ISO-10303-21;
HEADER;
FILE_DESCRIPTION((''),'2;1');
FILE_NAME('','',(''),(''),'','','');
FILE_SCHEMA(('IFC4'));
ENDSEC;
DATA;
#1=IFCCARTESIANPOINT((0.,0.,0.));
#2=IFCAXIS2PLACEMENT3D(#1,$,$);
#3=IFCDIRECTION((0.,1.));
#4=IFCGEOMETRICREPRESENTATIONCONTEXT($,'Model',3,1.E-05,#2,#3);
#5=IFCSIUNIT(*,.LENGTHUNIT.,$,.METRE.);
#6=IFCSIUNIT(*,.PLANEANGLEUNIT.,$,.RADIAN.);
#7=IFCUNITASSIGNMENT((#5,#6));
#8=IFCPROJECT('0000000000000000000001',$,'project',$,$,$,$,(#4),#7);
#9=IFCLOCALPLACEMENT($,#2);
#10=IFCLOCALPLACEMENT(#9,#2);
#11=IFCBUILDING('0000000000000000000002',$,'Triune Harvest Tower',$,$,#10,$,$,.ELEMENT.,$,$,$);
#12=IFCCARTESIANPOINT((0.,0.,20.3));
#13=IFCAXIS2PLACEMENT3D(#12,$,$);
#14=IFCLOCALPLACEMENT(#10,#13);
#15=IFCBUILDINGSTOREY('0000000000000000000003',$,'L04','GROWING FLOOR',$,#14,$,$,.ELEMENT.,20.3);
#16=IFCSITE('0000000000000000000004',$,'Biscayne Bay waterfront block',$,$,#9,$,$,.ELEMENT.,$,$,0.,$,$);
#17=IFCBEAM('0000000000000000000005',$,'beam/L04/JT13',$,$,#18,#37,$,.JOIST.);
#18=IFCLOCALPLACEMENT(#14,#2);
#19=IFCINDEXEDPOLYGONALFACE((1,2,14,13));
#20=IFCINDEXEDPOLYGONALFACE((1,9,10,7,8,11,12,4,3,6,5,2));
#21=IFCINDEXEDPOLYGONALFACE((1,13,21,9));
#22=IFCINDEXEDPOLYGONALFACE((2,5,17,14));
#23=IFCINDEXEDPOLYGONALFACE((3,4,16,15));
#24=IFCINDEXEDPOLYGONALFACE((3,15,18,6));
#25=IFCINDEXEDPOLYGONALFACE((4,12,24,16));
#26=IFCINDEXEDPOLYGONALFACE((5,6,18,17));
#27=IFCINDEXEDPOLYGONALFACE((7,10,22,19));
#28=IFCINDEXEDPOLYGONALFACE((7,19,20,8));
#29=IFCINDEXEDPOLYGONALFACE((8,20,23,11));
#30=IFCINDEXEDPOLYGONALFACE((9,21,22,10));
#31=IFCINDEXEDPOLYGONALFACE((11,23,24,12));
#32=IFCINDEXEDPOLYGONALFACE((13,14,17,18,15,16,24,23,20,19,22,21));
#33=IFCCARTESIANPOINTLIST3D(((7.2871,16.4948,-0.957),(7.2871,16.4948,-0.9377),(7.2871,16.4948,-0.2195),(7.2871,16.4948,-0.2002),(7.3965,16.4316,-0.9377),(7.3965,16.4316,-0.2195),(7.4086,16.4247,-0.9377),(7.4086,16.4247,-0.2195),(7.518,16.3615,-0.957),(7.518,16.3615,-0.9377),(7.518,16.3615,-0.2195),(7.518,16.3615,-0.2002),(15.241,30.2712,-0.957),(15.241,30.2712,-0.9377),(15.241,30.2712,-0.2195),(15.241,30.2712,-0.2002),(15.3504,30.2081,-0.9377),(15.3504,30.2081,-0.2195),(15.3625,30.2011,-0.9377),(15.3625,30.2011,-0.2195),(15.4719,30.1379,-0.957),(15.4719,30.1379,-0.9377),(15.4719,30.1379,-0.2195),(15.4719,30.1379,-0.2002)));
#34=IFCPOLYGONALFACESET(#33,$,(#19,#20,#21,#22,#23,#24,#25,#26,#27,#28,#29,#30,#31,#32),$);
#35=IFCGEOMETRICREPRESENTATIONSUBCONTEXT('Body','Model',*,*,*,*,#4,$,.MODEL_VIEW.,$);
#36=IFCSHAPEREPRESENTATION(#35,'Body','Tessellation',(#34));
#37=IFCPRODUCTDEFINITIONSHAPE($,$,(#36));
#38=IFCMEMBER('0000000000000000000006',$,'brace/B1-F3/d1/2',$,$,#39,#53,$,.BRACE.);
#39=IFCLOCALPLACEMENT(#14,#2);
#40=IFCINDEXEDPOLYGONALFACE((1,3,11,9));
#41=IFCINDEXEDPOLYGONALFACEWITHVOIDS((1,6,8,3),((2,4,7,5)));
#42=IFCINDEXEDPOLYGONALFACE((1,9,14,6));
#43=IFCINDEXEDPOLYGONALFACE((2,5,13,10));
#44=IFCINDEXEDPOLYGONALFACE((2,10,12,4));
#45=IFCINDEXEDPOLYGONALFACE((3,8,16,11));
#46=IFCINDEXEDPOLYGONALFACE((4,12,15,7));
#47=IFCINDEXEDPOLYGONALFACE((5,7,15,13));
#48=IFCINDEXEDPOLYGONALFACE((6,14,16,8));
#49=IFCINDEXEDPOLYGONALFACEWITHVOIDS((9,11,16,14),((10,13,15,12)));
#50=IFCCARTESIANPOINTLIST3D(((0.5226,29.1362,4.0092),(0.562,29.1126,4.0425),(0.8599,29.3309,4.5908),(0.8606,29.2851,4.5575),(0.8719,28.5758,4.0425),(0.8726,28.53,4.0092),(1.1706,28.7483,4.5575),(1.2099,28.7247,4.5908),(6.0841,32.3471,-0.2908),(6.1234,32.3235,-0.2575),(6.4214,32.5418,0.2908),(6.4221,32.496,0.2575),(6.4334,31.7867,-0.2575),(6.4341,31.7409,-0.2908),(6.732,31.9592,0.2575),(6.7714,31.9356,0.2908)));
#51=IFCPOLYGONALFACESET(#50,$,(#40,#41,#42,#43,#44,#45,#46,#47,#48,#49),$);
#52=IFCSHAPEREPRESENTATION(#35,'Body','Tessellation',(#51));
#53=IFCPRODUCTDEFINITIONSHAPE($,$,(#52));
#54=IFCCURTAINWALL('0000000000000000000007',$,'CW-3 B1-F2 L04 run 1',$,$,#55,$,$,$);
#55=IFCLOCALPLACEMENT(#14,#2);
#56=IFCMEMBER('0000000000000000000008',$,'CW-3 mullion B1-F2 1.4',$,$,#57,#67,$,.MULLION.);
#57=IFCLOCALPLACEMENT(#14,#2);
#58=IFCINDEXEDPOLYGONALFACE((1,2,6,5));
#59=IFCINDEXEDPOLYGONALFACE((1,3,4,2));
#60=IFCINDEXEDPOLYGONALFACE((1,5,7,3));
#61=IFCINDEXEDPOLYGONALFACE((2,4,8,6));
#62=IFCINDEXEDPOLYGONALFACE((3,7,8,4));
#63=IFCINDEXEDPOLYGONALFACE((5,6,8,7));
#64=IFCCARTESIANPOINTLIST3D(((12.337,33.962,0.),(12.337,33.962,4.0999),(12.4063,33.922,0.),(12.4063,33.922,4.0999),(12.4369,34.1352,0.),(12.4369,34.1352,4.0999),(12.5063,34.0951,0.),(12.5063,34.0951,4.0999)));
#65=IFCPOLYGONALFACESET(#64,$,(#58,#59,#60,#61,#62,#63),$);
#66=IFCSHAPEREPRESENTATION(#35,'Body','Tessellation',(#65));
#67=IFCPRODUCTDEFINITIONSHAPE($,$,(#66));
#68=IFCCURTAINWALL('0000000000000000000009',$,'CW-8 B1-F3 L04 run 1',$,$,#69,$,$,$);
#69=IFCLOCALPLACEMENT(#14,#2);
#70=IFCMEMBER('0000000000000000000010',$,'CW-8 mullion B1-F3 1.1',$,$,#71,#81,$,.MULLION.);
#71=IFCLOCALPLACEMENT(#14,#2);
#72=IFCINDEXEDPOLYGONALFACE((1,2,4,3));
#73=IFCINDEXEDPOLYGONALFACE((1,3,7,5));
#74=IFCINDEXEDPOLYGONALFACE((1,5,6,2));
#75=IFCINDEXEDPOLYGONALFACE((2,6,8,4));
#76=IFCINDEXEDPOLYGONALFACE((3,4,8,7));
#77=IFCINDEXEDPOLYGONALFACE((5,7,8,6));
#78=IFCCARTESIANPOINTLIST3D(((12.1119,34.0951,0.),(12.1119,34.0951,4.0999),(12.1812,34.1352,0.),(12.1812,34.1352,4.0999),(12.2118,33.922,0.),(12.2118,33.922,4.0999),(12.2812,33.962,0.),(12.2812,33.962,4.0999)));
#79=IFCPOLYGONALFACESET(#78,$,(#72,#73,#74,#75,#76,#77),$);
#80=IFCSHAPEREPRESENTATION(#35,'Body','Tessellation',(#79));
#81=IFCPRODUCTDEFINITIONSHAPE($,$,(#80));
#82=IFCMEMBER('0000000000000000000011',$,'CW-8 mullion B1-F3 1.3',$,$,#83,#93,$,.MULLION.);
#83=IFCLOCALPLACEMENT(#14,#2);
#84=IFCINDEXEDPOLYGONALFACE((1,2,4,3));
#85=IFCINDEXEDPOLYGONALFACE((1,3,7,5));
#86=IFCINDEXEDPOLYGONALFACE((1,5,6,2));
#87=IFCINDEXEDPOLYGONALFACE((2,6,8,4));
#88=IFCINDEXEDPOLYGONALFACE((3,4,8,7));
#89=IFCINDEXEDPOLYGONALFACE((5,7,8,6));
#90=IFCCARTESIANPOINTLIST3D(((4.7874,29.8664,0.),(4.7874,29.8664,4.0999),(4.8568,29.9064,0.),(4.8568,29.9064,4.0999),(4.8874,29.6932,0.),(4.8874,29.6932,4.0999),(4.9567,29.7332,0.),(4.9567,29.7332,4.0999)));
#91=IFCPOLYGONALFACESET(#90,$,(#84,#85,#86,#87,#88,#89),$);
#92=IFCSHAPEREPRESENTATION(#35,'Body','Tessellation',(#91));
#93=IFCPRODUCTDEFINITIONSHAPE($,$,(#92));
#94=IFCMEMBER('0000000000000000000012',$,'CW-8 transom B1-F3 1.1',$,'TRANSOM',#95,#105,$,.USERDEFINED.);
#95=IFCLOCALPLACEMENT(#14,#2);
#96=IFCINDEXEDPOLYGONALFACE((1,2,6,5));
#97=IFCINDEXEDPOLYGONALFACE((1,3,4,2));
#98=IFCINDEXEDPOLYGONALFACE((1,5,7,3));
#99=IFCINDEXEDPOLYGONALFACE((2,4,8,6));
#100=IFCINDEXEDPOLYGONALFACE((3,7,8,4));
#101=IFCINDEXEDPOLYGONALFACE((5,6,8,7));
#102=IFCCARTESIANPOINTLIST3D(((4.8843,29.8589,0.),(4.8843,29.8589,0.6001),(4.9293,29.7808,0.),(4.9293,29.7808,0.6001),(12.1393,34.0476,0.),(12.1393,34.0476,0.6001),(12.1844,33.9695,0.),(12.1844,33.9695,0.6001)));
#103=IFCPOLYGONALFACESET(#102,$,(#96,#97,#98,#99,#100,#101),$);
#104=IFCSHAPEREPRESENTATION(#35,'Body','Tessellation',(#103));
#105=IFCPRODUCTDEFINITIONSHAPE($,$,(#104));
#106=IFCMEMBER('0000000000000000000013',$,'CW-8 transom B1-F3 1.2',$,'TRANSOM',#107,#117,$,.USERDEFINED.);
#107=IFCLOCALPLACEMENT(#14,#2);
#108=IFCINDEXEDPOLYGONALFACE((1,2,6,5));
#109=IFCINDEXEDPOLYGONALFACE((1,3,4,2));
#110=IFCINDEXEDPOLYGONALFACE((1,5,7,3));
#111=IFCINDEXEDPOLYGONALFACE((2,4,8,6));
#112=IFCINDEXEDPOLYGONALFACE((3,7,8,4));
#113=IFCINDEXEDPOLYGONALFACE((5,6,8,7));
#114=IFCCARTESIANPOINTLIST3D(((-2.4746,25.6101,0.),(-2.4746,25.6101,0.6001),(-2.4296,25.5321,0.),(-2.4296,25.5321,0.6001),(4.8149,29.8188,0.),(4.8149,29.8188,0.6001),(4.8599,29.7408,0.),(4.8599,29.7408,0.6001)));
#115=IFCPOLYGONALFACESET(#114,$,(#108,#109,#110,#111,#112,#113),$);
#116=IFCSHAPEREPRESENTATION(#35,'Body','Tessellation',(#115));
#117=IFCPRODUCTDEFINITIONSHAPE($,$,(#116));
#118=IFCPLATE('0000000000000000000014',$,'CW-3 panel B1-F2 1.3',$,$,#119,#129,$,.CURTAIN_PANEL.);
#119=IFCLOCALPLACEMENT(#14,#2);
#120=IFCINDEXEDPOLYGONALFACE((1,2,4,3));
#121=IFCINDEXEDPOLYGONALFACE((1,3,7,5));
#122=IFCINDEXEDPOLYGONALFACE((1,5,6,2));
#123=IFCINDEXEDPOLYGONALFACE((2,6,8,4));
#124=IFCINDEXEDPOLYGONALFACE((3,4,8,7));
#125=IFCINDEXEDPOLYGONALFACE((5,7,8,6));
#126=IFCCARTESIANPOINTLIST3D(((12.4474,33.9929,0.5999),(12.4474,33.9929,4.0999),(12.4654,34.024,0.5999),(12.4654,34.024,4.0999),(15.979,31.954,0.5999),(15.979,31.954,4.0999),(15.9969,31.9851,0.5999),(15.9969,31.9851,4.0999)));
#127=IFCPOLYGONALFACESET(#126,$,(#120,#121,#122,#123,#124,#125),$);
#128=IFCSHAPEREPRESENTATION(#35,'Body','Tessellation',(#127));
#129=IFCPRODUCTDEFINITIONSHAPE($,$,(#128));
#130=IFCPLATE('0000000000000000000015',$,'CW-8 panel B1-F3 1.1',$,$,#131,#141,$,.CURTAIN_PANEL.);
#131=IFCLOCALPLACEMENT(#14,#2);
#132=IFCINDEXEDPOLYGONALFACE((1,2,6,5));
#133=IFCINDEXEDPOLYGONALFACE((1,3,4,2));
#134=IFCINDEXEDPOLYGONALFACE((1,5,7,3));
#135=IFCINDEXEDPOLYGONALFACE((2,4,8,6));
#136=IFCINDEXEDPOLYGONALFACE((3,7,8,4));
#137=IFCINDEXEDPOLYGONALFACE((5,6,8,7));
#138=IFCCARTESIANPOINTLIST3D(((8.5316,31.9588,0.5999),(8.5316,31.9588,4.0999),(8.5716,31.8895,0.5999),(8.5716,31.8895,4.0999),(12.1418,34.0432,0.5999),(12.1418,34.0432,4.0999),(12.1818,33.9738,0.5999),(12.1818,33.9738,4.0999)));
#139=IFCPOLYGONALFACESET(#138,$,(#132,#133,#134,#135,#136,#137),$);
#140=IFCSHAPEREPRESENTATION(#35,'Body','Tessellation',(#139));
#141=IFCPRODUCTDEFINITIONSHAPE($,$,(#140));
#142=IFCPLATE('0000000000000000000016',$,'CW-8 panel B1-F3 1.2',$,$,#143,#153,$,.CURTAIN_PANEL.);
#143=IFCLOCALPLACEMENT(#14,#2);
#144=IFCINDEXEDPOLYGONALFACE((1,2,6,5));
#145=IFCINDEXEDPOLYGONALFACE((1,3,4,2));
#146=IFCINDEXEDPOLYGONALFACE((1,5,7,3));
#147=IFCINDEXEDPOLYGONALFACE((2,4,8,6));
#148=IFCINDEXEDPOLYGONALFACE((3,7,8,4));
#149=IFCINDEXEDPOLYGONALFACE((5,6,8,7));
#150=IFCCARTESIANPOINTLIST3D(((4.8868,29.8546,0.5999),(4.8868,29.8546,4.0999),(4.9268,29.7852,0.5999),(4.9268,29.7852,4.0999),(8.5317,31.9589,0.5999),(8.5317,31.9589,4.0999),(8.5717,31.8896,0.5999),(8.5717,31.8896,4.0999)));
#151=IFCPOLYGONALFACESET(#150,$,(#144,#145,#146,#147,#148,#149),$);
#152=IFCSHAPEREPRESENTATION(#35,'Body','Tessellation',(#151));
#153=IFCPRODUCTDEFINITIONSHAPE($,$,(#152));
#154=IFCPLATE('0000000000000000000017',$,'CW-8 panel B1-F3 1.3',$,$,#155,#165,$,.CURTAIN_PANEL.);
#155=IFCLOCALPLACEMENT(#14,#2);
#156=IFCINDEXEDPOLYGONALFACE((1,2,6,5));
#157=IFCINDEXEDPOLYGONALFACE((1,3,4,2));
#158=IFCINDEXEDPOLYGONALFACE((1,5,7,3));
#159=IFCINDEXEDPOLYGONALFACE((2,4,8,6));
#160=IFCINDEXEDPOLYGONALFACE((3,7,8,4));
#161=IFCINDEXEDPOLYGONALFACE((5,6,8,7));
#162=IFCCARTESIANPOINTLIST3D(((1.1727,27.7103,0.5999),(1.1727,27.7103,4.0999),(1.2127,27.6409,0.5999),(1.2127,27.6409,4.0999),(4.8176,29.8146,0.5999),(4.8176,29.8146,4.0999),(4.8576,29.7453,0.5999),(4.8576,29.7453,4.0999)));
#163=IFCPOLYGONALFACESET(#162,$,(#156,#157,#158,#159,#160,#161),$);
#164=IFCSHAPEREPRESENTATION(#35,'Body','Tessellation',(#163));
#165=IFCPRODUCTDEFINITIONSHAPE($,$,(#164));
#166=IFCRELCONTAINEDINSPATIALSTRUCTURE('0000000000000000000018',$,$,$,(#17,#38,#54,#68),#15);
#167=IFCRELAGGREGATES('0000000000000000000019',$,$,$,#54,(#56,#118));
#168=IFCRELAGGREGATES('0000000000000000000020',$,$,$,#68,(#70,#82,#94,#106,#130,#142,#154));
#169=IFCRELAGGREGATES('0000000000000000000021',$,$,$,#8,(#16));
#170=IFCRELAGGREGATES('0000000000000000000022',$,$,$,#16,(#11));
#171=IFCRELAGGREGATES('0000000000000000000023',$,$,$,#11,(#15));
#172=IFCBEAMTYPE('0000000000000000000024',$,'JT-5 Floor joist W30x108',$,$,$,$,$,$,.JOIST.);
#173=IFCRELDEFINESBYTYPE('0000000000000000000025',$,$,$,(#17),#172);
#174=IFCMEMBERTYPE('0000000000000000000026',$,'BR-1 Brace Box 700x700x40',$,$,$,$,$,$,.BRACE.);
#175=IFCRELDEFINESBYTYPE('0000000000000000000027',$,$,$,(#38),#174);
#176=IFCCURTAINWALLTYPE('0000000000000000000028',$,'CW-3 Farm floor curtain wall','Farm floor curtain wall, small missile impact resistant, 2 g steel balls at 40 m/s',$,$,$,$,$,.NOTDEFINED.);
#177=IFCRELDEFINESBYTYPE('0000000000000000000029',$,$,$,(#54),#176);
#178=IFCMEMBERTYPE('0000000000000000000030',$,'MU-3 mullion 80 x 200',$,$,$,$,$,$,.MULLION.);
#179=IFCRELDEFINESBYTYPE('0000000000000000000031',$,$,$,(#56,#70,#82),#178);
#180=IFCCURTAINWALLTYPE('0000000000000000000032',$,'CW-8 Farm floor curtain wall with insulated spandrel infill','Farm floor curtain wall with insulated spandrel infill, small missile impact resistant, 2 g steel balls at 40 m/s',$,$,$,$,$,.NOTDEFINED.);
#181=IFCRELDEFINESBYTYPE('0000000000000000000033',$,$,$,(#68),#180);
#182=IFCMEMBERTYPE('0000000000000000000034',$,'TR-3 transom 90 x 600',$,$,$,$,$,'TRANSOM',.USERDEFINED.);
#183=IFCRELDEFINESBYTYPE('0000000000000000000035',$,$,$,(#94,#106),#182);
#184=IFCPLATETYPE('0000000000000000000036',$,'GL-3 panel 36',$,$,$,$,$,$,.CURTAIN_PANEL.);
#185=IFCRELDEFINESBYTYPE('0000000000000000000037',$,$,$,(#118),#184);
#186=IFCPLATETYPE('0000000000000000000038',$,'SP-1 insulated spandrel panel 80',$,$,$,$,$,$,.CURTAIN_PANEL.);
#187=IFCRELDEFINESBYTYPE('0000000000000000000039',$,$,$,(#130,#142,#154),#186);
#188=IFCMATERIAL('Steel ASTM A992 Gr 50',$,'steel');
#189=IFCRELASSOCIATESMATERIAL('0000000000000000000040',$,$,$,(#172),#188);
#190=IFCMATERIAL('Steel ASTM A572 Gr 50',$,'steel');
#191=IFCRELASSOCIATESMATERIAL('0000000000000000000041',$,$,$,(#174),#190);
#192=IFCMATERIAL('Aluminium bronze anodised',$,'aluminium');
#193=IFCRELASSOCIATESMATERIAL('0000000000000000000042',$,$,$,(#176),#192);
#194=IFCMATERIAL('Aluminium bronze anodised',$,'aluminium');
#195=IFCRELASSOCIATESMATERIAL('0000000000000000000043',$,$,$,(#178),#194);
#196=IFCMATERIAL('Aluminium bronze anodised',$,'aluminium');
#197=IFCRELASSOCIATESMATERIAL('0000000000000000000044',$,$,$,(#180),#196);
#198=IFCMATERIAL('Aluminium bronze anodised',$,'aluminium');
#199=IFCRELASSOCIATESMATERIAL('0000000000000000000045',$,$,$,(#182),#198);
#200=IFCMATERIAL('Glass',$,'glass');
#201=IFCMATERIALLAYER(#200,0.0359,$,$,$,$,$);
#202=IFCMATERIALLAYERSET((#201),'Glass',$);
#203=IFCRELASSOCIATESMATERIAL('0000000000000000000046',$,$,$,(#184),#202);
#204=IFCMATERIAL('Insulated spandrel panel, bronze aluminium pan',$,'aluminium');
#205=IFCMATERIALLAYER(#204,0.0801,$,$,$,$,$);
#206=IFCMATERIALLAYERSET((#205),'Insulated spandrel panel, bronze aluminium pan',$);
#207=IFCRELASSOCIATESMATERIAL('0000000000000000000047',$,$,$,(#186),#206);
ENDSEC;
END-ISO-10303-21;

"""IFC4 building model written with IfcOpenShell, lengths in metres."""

from ifc_helpers import new_model, si_unit, direction, frame, origin, origin_2d, place, context, subcontext, project, spatial, rectangle, hollow_rectangle, i_section, extrude, source, transform, mapped, material, layer, layer_set, material_profile, profile_set, type_object, element, aggregate, save


model = new_model("IFC4")

# Units and contexts
model_context = context("Model", 3, precision=1e-05, world=origin(), true_north=direction((0.0, 1.0)))
body_context = subcontext(model_context, "Body", "Model", "MODEL_VIEW")
ifc_project = project(units=[si_unit("LENGTHUNIT", "METRE"), si_unit("PLANEANGLEUNIT", "RADIAN")], contexts=[model_context])

# Site, building, storey
site_placement = place(None, origin())
site = spatial("IfcSite", under=ifc_project, at=site_placement, Name="Biscayne Bay waterfront block", CompositionType="ELEMENT", RefElevation=0.0)
building_placement = place(site_placement, origin())
building = spatial("IfcBuilding", under=site, at=building_placement, Name="Triune Harvest Tower", CompositionType="ELEMENT")
storey_placement = place(building_placement, frame((0.0, 0.0, 20.3)))
storey = spatial("IfcBuildingStorey", under=building, at=storey_placement, Name="L04", Description="GROWING FLOOR", CompositionType="ELEMENT", Elevation=20.3)

# Beam
ifc_material_1 = material(Name="Steel ASTM A992 Gr 50", Category="steel")
ifc_material_profile_1 = material_profile(ifc_material_1, i_section(OverallWidth=0.2666, OverallDepth=0.7568, WebThickness=0.0139, FlangeThickness=0.0193, at=origin_2d()), Name="W30x108")
ifc_profile_set_1 = profile_set([ifc_material_profile_1], Name="Steel ASTM A992 Gr 50")
beam_type_1 = type_object("IfcBeamType", Name="JT-5 Floor joist W30x108", PredefinedType="JOIST", material=ifc_profile_set_1)
shared_shape_1 = source(origin(), body_context, "Body", "SweptSolid", [
    extrude(i_section(OverallWidth=0.2666, OverallDepth=0.7568, WebThickness=0.0139, FlangeThickness=0.0193, at=origin_2d()), origin(), (0.0, 0.0, 1.0), 15.9077),
])
beam_1_placement = place(storey_placement, frame((15.3564, 30.2046, -0.5786), z_axis=(-0.500003, -0.866024, 0.0), x_axis=(0.866024, -0.500003, 0.0)))
element("IfcBeam", 1, at=beam_1_placement, inside=storey, type_object=beam_type_1, Name="beam/L04/JT13", PredefinedType="JOIST", context=body_context, shape_type="MappedRepresentation", body=[
    mapped(shared_shape_1, transform((0.0, 0.0, 0.0), scale=1.0)),
])

# Member
ifc_material_2 = material(Name="Steel ASTM A572 Gr 50", Category="steel")
ifc_material_profile_2 = material_profile(ifc_material_2, hollow_rectangle(XDim=0.7, YDim=0.7, WallThickness=0.04, at=origin_2d()), Name="Box 700x700x40")
ifc_profile_set_2 = profile_set([ifc_material_profile_2], Name="Steel ASTM A572 Gr 50")
member_type_1 = type_object("IfcMemberType", Name="BR-1 Brace Box 700x700x40", PredefinedType="BRACE", material=ifc_profile_set_2)
shared_shape_2 = source(origin(), body_context, "Body", "SweptSolid", [
    extrude(hollow_rectangle(XDim=0.7, YDim=0.7, WallThickness=0.04, at=origin_2d()), origin(), (0.0, 0.0, 1.0), 7.7285),
])
member_1_placement = place(storey_placement, frame((6.4277, 32.1414, 0.0), z_axis=(-0.719604, -0.415462, 0.556382), x_axis=(0.499999, -0.866026, 0.0)))
element("IfcMember", 2, at=member_1_placement, inside=storey, type_object=member_type_1, Name="brace/B1-F3/d1/2", PredefinedType="BRACE", context=body_context, shape_type="MappedRepresentation", body=[
    mapped(shared_shape_2, transform((0.0, 0.0, 0.0), scale=1.0)),
])

# Curtain wall, member
ifc_material_3 = material(Name="Aluminium bronze anodised", Category="aluminium")
curtain_wall_type_1 = type_object("IfcCurtainWallType", Name="CW-3 Farm floor curtain wall", Description="Farm floor curtain wall, small missile impact resistant, 2 g steel balls at 40 m/s", PredefinedType="NOTDEFINED", material=ifc_material_3)
curtain_wall_1_placement = place(storey_placement, origin())
curtain_wall_1 = element("IfcCurtainWall", 3, at=curtain_wall_1_placement, inside=storey, type_object=curtain_wall_type_1, Name="CW-3 B1-F2 L04 run 1")
ifc_material_4 = material(Name="Aluminium bronze anodised", Category="aluminium")
ifc_material_profile_3 = material_profile(ifc_material_4, rectangle(XDim=0.2, YDim=0.0801, at=origin_2d()), Name="MU-3 mullion 80 x 200")
ifc_profile_set_3 = profile_set([ifc_material_profile_3], Name="Aluminium bronze anodised")
member_type_2 = type_object("IfcMemberType", Name="MU-3 mullion 80 x 200", PredefinedType="MULLION", material=ifc_profile_set_3)
shared_shape_3 = source(origin(), body_context, "Body", "SweptSolid", [
    extrude(rectangle(XDim=0.2, YDim=0.0801, at=origin_2d()), origin(), (0.0, 0.0, 1.0), 4.0999),
])
member_2_placement = place(storey_placement, frame((12.4216, 34.0286, 0.0), z_axis=(0.0, 0.0, 1.0), x_axis=(-0.499999, -0.866026, 0.0)))
member_2 = element("IfcMember", 4, at=member_2_placement, type_object=member_type_2, Name="CW-3 mullion B1-F2 1.4", PredefinedType="MULLION", context=body_context, shape_type="MappedRepresentation", body=[
    mapped(shared_shape_3, transform((0.0, 0.0, 0.0), scale=1.0)),
])

# Curtain wall, members
ifc_material_5 = material(Name="Aluminium bronze anodised", Category="aluminium")
curtain_wall_type_2 = type_object("IfcCurtainWallType", Name="CW-8 Farm floor curtain wall with insulated spandrel infill", Description="Farm floor curtain wall with insulated spandrel infill, small missile impact resistant, 2 g steel balls at 40 m/s", PredefinedType="NOTDEFINED", material=ifc_material_5)
curtain_wall_2_placement = place(storey_placement, origin())
curtain_wall_2 = element("IfcCurtainWall", 5, at=curtain_wall_2_placement, inside=storey, type_object=curtain_wall_type_2, Name="CW-8 B1-F3 L04 run 1")
member_3_placement = place(storey_placement, frame((12.1965, 34.0286, 0.0), z_axis=(0.0, 0.0, 1.0), x_axis=(0.499999, -0.866026, 0.0)))
member_3 = element("IfcMember", 6, at=member_3_placement, type_object=member_type_2, Name="CW-8 mullion B1-F3 1.1", PredefinedType="MULLION", context=body_context, shape_type="MappedRepresentation", body=[
    mapped(shared_shape_3, transform((0.0, 0.0, 0.0), scale=1.0)),
])
member_4_placement = place(storey_placement, frame((4.8721, 29.7998, 0.0), z_axis=(0.0, 0.0, 1.0), x_axis=(0.499999, -0.866026, 0.0)))
member_4 = element("IfcMember", 7, at=member_4_placement, type_object=member_type_2, Name="CW-8 mullion B1-F3 1.3", PredefinedType="MULLION", context=body_context, shape_type="MappedRepresentation", body=[
    mapped(shared_shape_3, transform((0.0, 0.0, 0.0), scale=1.0)),
])
ifc_material_6 = material(Name="Aluminium bronze anodised", Category="aluminium")
ifc_material_profile_4 = material_profile(ifc_material_6, rectangle(XDim=0.0901, YDim=0.6001, at=origin_2d()), Name="TR-3 transom 90 x 600")
ifc_profile_set_4 = profile_set([ifc_material_profile_4], Name="Aluminium bronze anodised")
member_type_3 = type_object("IfcMemberType", Name="TR-3 transom 90 x 600", ElementType="TRANSOM", PredefinedType="USERDEFINED", material=ifc_profile_set_4)
shared_shape_4 = source(origin(), body_context, "Body", "SweptSolid", [
    extrude(rectangle(XDim=0.0901, YDim=0.6001, at=origin_2d()), origin(), (0.0, 0.0, 1.0), 8.3774),
])
member_5_placement = place(storey_placement, frame((12.1619, 34.0085, 0.3), z_axis=(-0.866027, -0.499997, 0.0), x_axis=(0.499997, -0.866027, 0.0)))
member_5 = element("IfcMember", 8, at=member_5_placement, type_object=member_type_3, Name="CW-8 transom B1-F3 1.1", ObjectType="TRANSOM", PredefinedType="USERDEFINED", context=body_context, shape_type="MappedRepresentation", body=[
    mapped(shared_shape_4, transform((0.0, 0.0, 0.0), scale=1.0)),
])
shared_shape_5 = source(origin(), body_context, "Body", "SweptSolid", [
    extrude(rectangle(XDim=0.0901, YDim=0.6001, at=origin_2d()), origin(), (0.0, 0.0, 1.0), 8.4172),
])
member_6_placement = place(storey_placement, frame((4.8374, 29.7798, 0.3), z_axis=(-0.866019, -0.50001, 0.0), x_axis=(0.50001, -0.866019, 0.0)))
member_6 = element("IfcMember", 9, at=member_6_placement, type_object=member_type_3, Name="CW-8 transom B1-F3 1.2", ObjectType="TRANSOM", PredefinedType="USERDEFINED", context=body_context, shape_type="MappedRepresentation", body=[
    mapped(shared_shape_5, transform((0.0, 0.0, 0.0), scale=1.0)),
])

# Plates
ifc_material_7 = material(Name="Glass", Category="glass")
ifc_layer_1 = layer(ifc_material_7, 0.0359)
ifc_layer_set_1 = layer_set([ifc_layer_1], Name="Glass")
plate_type_1 = type_object("IfcPlateType", Name="GL-3 panel 36", PredefinedType="CURTAIN_PANEL", material=ifc_layer_set_1)
shared_shape_6 = source(origin(), body_context, "Body", "SweptSolid", [
    extrude(rectangle(XDim=4.0779, YDim=0.0359, at=origin_2d()), origin(), (0.0, 0.0, 1.0), 3.5),
])
plate_1_placement = place(storey_placement, frame((14.2222, 32.989, 0.5999), z_axis=(0.0, 0.0, 1.0), x_axis=(-0.866026, 0.499999, 0.0)))
plate_1 = element("IfcPlate", 10, at=plate_1_placement, type_object=plate_type_1, Name="CW-3 panel B1-F2 1.3", PredefinedType="CURTAIN_PANEL", context=body_context, shape_type="MappedRepresentation", body=[
    mapped(shared_shape_6, transform((0.0, 0.0, 0.0), scale=1.0)),
])
aggregate(curtain_wall_1, [member_2, plate_1])
ifc_material_8 = material(Name="Insulated spandrel panel, bronze aluminium pan", Category="aluminium")
ifc_layer_2 = layer(ifc_material_8, 0.0801)
ifc_layer_set_2 = layer_set([ifc_layer_2], Name="Insulated spandrel panel, bronze aluminium pan")
plate_type_2 = type_object("IfcPlateType", Name="SP-1 insulated spandrel panel 80", PredefinedType="CURTAIN_PANEL", material=ifc_layer_set_2)
shared_shape_7 = source(origin(), body_context, "Body", "SweptSolid", [
    extrude(rectangle(XDim=4.1687, YDim=0.0801, at=origin_2d()), origin(), (0.0, 0.0, 1.0), 3.5),
])
plate_2_placement = place(storey_placement, frame((10.3567, 32.9663, 0.5999), z_axis=(0.0, 0.0, 1.0), x_axis=(-0.866026, -0.499999, 0.0)))
plate_2 = element("IfcPlate", 11, at=plate_2_placement, type_object=plate_type_2, Name="CW-8 panel B1-F3 1.1", PredefinedType="CURTAIN_PANEL", context=body_context, shape_type="MappedRepresentation", body=[
    mapped(shared_shape_7, transform((0.0, 0.0, 0.0), scale=1.0)),
])
shared_shape_8 = source(origin(), body_context, "Body", "SweptSolid", [
    extrude(rectangle(XDim=4.2087, YDim=0.0801, at=origin_2d()), origin(), (0.0, 0.0, 1.0), 3.5),
])
plate_3_placement = place(storey_placement, frame((6.7292, 30.8721, 0.5999), z_axis=(0.0, 0.0, 1.0), x_axis=(-0.866026, -0.499999, 0.0)))
plate_3 = element("IfcPlate", 12, at=plate_3_placement, type_object=plate_type_2, Name="CW-8 panel B1-F3 1.2", PredefinedType="CURTAIN_PANEL", context=body_context, shape_type="MappedRepresentation", body=[
    mapped(shared_shape_8, transform((0.0, 0.0, 0.0), scale=1.0)),
])
plate_4_placement = place(storey_placement, frame((3.0151, 28.7278, 0.5999), z_axis=(0.0, 0.0, 1.0), x_axis=(-0.866026, -0.499999, 0.0)))
plate_4 = element("IfcPlate", 13, at=plate_4_placement, type_object=plate_type_2, Name="CW-8 panel B1-F3 1.3", PredefinedType="CURTAIN_PANEL", context=body_context, shape_type="MappedRepresentation", body=[
    mapped(shared_shape_8, transform((0.0, 0.0, 0.0), scale=1.0)),
])
aggregate(curtain_wall_2, [member_3, member_4, member_5, member_6, plate_2, plate_3, plate_4])

save(model, "model.ifc")
